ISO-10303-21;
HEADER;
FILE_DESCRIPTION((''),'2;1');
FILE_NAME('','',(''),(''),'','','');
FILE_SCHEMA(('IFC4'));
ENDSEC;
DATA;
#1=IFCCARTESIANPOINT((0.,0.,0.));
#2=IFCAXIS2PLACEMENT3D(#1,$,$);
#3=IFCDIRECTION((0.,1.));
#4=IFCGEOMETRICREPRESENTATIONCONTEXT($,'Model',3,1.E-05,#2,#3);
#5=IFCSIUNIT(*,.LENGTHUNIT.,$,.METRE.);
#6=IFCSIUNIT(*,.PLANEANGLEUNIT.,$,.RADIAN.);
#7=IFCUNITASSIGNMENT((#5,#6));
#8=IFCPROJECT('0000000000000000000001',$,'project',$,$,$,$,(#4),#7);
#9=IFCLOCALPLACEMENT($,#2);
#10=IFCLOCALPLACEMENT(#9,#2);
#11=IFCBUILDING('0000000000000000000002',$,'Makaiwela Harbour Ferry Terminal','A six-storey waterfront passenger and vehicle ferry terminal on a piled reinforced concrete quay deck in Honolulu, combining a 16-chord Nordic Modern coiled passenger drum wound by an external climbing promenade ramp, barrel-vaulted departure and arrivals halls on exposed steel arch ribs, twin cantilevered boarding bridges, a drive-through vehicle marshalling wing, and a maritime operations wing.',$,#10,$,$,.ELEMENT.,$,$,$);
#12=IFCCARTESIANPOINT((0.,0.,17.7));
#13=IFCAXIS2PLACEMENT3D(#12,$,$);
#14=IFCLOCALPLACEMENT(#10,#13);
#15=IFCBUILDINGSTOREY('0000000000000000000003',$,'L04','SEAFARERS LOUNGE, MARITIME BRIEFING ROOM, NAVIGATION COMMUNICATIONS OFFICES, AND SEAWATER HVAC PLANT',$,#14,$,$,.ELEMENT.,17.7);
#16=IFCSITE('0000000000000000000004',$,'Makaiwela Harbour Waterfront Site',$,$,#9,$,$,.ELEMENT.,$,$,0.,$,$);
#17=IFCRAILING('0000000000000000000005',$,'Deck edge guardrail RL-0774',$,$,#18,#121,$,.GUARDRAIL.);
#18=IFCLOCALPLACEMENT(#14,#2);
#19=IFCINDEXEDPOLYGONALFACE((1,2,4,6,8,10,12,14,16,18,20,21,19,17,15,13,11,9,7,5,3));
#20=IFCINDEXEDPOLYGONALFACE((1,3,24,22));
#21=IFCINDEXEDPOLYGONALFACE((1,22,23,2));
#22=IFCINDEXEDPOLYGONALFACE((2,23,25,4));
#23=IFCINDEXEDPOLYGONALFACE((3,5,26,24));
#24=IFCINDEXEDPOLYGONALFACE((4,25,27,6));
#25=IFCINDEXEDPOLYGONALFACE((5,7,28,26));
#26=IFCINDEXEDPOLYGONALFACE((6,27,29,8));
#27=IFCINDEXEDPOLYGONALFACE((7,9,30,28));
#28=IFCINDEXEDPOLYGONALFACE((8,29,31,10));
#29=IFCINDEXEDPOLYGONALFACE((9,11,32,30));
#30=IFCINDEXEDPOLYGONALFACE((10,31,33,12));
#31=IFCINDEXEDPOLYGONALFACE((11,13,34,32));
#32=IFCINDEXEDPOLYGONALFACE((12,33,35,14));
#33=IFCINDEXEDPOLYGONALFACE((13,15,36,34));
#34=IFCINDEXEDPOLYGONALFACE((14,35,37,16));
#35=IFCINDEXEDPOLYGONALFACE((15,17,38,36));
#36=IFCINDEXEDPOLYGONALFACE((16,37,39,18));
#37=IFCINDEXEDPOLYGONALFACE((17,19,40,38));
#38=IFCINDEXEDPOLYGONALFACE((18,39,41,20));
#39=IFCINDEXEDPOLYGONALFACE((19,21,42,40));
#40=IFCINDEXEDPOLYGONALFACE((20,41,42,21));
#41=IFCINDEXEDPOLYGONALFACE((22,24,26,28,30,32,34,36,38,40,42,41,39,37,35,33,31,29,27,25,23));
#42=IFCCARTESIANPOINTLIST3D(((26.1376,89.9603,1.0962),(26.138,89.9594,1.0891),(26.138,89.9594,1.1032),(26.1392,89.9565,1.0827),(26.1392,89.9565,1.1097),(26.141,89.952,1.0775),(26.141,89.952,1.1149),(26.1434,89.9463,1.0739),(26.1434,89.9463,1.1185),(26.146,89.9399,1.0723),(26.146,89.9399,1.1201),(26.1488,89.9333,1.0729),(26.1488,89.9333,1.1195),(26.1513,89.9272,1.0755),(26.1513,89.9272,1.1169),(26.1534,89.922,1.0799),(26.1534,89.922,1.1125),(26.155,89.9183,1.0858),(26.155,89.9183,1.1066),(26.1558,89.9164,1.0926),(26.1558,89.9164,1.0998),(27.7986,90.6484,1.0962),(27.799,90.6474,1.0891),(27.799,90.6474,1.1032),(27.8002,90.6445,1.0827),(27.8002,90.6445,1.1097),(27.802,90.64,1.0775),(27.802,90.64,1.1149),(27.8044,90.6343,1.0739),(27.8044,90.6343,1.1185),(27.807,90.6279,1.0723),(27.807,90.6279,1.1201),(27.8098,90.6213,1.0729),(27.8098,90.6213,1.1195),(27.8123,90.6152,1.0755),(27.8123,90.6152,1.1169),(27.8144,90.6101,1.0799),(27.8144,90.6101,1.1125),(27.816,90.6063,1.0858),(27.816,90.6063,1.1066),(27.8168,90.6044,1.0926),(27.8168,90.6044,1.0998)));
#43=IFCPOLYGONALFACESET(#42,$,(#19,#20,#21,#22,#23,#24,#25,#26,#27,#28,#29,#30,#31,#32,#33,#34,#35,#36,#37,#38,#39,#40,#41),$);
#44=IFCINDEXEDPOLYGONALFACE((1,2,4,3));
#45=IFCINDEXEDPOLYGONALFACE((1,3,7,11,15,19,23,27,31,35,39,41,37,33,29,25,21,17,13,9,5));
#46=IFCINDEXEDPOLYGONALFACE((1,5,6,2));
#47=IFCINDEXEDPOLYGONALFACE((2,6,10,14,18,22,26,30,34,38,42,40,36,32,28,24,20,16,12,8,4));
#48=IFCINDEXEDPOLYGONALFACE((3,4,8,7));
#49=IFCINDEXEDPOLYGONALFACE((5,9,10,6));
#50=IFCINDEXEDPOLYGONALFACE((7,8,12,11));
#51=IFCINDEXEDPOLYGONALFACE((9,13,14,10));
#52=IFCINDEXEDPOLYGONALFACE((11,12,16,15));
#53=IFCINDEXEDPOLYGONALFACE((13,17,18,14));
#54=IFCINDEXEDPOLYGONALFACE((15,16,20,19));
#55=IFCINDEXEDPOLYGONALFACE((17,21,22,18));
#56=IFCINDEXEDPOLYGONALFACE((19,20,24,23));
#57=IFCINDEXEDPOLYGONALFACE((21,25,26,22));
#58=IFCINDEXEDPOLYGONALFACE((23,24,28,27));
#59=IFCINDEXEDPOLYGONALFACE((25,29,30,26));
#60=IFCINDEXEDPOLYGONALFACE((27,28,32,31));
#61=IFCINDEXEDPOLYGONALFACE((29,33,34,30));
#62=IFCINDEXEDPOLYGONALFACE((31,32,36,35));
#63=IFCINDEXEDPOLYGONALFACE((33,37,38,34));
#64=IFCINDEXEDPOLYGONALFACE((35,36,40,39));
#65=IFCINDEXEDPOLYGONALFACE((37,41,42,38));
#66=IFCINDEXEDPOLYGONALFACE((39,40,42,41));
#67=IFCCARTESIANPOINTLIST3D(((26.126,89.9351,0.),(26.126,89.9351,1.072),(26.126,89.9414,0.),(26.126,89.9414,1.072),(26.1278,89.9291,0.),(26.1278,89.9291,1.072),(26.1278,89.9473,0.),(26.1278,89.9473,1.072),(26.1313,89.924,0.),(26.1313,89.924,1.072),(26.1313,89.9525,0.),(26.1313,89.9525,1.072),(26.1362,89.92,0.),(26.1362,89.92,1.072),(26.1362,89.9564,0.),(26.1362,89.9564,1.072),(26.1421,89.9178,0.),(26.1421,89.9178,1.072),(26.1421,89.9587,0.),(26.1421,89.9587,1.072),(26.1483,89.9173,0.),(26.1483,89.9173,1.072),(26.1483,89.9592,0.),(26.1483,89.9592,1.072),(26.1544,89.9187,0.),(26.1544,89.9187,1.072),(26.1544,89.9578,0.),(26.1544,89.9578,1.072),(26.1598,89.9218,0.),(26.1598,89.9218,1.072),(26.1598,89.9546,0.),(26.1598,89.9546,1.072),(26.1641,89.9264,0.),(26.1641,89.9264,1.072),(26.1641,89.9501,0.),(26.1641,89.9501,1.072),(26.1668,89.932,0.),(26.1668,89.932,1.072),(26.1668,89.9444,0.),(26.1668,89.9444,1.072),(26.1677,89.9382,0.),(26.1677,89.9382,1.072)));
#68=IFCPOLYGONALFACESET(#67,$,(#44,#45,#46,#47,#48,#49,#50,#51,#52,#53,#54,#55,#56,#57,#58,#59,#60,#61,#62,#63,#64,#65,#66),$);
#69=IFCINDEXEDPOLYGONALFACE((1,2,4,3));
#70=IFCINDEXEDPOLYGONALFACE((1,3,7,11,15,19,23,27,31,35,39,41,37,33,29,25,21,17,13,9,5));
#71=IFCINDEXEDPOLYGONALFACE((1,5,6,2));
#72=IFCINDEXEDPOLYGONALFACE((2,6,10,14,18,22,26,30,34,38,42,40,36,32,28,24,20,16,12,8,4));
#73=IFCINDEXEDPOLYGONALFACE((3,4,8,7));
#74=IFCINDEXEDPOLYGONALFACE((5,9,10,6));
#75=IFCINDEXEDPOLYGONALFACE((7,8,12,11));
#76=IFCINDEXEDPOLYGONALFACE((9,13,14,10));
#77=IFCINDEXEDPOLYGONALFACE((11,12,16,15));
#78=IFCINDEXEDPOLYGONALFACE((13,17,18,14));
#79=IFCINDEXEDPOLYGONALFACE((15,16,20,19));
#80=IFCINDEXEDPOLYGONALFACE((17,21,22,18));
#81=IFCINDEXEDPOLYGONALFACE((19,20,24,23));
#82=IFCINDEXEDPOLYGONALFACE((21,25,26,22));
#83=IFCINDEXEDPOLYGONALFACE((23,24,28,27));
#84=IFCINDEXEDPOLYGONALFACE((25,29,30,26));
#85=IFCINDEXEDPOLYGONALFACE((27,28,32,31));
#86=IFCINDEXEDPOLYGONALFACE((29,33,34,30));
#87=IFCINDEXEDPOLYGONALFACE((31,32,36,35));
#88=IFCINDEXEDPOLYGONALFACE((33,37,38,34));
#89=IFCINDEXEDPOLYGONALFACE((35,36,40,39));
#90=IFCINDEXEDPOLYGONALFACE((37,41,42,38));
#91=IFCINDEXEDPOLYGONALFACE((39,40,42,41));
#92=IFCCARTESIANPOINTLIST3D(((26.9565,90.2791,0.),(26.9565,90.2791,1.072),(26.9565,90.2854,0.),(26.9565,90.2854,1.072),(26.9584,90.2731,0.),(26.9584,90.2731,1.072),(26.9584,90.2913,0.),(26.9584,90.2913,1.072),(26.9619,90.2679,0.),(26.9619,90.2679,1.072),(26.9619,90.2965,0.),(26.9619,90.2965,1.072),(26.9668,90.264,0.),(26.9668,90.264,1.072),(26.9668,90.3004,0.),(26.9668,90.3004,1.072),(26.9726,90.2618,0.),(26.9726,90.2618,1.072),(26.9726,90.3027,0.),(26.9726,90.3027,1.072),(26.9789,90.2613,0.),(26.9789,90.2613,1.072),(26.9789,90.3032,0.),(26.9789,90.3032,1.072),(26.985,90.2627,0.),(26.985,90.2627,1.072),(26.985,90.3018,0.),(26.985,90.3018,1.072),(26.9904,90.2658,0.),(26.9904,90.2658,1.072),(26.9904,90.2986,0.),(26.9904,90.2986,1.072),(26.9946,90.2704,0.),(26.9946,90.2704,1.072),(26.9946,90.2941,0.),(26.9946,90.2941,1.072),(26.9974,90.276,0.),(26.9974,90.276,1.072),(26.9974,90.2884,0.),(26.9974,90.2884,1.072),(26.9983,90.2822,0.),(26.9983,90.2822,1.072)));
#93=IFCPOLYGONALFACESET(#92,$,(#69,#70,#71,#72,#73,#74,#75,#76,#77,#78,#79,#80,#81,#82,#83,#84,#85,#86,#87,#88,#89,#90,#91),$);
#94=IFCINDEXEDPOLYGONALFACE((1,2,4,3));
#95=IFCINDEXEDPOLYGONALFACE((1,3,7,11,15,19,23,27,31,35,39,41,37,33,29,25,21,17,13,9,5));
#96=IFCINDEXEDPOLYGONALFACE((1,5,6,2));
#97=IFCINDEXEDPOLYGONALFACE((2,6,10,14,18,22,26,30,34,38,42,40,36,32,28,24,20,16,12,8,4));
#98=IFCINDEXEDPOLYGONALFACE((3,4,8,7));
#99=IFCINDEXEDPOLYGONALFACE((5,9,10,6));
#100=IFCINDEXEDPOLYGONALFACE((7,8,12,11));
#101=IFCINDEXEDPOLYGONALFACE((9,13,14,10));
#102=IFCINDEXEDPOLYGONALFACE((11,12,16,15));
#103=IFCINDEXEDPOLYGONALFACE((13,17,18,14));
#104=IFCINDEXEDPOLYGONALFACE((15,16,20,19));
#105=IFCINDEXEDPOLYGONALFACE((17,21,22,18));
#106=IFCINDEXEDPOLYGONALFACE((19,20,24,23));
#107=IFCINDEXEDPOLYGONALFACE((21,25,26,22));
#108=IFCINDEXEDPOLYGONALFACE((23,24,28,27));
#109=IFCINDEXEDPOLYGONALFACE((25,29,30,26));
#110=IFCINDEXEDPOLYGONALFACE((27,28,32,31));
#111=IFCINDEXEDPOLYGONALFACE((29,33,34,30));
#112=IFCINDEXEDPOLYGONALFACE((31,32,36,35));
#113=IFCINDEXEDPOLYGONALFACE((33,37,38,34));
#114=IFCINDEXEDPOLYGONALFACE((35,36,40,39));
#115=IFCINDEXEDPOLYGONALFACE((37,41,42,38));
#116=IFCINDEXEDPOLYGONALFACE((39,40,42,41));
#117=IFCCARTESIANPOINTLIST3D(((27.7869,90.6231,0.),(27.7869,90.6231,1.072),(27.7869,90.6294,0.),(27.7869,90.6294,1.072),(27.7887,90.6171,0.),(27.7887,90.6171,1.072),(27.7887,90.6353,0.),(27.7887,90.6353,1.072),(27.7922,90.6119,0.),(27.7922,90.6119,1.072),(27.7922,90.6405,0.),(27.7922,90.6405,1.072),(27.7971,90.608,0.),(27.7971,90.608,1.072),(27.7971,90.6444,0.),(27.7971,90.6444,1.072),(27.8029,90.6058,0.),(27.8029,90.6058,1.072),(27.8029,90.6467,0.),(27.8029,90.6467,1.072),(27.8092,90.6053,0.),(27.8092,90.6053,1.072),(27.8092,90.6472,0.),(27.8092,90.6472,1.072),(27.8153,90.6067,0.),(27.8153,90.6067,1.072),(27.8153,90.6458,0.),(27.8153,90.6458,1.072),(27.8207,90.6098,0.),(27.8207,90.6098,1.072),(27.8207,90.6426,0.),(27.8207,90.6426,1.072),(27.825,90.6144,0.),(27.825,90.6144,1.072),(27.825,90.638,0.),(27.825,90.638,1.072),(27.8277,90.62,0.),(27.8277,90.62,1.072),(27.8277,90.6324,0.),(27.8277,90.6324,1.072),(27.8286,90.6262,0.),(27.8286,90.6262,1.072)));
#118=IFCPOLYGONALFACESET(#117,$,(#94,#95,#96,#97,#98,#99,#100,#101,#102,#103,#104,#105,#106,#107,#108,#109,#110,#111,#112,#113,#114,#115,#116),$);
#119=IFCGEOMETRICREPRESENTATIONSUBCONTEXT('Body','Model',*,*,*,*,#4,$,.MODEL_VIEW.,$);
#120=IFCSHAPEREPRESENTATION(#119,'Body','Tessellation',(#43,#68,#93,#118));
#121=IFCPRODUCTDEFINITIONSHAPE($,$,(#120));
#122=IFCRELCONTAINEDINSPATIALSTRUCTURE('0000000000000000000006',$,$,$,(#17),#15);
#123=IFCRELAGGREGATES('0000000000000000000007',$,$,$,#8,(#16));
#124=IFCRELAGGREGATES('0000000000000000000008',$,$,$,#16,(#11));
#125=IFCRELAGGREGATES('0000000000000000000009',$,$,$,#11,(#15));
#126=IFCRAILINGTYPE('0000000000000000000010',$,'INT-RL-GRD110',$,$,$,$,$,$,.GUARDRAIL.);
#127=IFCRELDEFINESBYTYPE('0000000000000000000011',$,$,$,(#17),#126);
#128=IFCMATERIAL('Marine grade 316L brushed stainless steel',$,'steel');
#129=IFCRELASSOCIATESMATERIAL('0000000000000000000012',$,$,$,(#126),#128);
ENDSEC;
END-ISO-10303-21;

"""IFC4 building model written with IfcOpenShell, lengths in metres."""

from ifc_helpers import new_model, si_unit, direction, frame, origin, origin_2d, place, context, subcontext, project, spatial, circle, extrude, material, type_object, element, save


model = new_model("IFC4")

# Units and contexts
model_context = context("Model", 3, precision=1e-05, world=origin(), true_north=direction((0.0, 1.0)))
body_context = subcontext(model_context, "Body", "Model", "MODEL_VIEW")
ifc_project = project(units=[si_unit("LENGTHUNIT", "METRE"), si_unit("PLANEANGLEUNIT", "RADIAN")], contexts=[model_context])

# Site, building, storey
site_placement = place(None, origin())
site = spatial("IfcSite", under=ifc_project, at=site_placement, Name="Makaiwela Harbour Waterfront Site", CompositionType="ELEMENT", RefElevation=0.0)
building_placement = place(site_placement, origin())
building = spatial("IfcBuilding", under=site, at=building_placement, Name="Makaiwela Harbour Ferry Terminal", Description="A six-storey waterfront passenger and vehicle ferry terminal on a piled reinforced concrete quay deck in Honolulu, combining a 16-chord Nordic Modern coiled passenger drum wound by an external climbing promenade ramp, barrel-vaulted departure and arrivals halls on exposed steel arch ribs, twin cantilevered boarding bridges, a drive-through vehicle marshalling wing, and a maritime operations wing.", CompositionType="ELEMENT")
storey_placement = place(building_placement, frame((0.0, 0.0, 17.7)))
storey = spatial("IfcBuildingStorey", under=building, at=storey_placement, Name="L04", Description="SEAFARERS LOUNGE, MARITIME BRIEFING ROOM, NAVIGATION COMMUNICATIONS OFFICES, AND SEAWATER HVAC PLANT", CompositionType="ELEMENT", Elevation=17.7)

# Railing
ifc_material_1 = material(Name="Marine grade 316L brushed stainless steel", Category="steel")
railing_type = type_object("IfcRailingType", Name="INT-RL-GRD110", PredefinedType="GUARDRAIL", material=ifc_material_1)
railing_1_placement = place(storey_placement, frame((26.1467, 89.9382, 0.0)))
element("IfcRailing", 1, at=railing_1_placement, inside=storey, type_object=railing_type, Name="Deck edge guardrail RL-0774", PredefinedType="GUARDRAIL", context=body_context, shape_type="SweptSolid", body=[
    extrude(circle(Radius=0.0239, at=origin_2d()), frame((0.0, 0.0, 1.0962), z_axis=(0.923874, 0.382696, 0.0), x_axis=(-0.382696, 0.923874, 0.0)), (0.0, 0.0, 1.0), 1.7979),
    extrude(circle(Radius=0.021, at=origin_2d()), origin(), (0.0, 0.0, 1.0), 1.072),
    extrude(circle(Radius=0.021, at=origin_2d()), frame((0.8306, 0.344, 0.0)), (0.0, 0.0, 1.0), 1.072),
    extrude(circle(Radius=0.021, at=origin_2d()), frame((1.6609, 0.688, 0.0)), (0.0, 0.0, 1.0), 1.072),
])

save(model, "model.ifc")
